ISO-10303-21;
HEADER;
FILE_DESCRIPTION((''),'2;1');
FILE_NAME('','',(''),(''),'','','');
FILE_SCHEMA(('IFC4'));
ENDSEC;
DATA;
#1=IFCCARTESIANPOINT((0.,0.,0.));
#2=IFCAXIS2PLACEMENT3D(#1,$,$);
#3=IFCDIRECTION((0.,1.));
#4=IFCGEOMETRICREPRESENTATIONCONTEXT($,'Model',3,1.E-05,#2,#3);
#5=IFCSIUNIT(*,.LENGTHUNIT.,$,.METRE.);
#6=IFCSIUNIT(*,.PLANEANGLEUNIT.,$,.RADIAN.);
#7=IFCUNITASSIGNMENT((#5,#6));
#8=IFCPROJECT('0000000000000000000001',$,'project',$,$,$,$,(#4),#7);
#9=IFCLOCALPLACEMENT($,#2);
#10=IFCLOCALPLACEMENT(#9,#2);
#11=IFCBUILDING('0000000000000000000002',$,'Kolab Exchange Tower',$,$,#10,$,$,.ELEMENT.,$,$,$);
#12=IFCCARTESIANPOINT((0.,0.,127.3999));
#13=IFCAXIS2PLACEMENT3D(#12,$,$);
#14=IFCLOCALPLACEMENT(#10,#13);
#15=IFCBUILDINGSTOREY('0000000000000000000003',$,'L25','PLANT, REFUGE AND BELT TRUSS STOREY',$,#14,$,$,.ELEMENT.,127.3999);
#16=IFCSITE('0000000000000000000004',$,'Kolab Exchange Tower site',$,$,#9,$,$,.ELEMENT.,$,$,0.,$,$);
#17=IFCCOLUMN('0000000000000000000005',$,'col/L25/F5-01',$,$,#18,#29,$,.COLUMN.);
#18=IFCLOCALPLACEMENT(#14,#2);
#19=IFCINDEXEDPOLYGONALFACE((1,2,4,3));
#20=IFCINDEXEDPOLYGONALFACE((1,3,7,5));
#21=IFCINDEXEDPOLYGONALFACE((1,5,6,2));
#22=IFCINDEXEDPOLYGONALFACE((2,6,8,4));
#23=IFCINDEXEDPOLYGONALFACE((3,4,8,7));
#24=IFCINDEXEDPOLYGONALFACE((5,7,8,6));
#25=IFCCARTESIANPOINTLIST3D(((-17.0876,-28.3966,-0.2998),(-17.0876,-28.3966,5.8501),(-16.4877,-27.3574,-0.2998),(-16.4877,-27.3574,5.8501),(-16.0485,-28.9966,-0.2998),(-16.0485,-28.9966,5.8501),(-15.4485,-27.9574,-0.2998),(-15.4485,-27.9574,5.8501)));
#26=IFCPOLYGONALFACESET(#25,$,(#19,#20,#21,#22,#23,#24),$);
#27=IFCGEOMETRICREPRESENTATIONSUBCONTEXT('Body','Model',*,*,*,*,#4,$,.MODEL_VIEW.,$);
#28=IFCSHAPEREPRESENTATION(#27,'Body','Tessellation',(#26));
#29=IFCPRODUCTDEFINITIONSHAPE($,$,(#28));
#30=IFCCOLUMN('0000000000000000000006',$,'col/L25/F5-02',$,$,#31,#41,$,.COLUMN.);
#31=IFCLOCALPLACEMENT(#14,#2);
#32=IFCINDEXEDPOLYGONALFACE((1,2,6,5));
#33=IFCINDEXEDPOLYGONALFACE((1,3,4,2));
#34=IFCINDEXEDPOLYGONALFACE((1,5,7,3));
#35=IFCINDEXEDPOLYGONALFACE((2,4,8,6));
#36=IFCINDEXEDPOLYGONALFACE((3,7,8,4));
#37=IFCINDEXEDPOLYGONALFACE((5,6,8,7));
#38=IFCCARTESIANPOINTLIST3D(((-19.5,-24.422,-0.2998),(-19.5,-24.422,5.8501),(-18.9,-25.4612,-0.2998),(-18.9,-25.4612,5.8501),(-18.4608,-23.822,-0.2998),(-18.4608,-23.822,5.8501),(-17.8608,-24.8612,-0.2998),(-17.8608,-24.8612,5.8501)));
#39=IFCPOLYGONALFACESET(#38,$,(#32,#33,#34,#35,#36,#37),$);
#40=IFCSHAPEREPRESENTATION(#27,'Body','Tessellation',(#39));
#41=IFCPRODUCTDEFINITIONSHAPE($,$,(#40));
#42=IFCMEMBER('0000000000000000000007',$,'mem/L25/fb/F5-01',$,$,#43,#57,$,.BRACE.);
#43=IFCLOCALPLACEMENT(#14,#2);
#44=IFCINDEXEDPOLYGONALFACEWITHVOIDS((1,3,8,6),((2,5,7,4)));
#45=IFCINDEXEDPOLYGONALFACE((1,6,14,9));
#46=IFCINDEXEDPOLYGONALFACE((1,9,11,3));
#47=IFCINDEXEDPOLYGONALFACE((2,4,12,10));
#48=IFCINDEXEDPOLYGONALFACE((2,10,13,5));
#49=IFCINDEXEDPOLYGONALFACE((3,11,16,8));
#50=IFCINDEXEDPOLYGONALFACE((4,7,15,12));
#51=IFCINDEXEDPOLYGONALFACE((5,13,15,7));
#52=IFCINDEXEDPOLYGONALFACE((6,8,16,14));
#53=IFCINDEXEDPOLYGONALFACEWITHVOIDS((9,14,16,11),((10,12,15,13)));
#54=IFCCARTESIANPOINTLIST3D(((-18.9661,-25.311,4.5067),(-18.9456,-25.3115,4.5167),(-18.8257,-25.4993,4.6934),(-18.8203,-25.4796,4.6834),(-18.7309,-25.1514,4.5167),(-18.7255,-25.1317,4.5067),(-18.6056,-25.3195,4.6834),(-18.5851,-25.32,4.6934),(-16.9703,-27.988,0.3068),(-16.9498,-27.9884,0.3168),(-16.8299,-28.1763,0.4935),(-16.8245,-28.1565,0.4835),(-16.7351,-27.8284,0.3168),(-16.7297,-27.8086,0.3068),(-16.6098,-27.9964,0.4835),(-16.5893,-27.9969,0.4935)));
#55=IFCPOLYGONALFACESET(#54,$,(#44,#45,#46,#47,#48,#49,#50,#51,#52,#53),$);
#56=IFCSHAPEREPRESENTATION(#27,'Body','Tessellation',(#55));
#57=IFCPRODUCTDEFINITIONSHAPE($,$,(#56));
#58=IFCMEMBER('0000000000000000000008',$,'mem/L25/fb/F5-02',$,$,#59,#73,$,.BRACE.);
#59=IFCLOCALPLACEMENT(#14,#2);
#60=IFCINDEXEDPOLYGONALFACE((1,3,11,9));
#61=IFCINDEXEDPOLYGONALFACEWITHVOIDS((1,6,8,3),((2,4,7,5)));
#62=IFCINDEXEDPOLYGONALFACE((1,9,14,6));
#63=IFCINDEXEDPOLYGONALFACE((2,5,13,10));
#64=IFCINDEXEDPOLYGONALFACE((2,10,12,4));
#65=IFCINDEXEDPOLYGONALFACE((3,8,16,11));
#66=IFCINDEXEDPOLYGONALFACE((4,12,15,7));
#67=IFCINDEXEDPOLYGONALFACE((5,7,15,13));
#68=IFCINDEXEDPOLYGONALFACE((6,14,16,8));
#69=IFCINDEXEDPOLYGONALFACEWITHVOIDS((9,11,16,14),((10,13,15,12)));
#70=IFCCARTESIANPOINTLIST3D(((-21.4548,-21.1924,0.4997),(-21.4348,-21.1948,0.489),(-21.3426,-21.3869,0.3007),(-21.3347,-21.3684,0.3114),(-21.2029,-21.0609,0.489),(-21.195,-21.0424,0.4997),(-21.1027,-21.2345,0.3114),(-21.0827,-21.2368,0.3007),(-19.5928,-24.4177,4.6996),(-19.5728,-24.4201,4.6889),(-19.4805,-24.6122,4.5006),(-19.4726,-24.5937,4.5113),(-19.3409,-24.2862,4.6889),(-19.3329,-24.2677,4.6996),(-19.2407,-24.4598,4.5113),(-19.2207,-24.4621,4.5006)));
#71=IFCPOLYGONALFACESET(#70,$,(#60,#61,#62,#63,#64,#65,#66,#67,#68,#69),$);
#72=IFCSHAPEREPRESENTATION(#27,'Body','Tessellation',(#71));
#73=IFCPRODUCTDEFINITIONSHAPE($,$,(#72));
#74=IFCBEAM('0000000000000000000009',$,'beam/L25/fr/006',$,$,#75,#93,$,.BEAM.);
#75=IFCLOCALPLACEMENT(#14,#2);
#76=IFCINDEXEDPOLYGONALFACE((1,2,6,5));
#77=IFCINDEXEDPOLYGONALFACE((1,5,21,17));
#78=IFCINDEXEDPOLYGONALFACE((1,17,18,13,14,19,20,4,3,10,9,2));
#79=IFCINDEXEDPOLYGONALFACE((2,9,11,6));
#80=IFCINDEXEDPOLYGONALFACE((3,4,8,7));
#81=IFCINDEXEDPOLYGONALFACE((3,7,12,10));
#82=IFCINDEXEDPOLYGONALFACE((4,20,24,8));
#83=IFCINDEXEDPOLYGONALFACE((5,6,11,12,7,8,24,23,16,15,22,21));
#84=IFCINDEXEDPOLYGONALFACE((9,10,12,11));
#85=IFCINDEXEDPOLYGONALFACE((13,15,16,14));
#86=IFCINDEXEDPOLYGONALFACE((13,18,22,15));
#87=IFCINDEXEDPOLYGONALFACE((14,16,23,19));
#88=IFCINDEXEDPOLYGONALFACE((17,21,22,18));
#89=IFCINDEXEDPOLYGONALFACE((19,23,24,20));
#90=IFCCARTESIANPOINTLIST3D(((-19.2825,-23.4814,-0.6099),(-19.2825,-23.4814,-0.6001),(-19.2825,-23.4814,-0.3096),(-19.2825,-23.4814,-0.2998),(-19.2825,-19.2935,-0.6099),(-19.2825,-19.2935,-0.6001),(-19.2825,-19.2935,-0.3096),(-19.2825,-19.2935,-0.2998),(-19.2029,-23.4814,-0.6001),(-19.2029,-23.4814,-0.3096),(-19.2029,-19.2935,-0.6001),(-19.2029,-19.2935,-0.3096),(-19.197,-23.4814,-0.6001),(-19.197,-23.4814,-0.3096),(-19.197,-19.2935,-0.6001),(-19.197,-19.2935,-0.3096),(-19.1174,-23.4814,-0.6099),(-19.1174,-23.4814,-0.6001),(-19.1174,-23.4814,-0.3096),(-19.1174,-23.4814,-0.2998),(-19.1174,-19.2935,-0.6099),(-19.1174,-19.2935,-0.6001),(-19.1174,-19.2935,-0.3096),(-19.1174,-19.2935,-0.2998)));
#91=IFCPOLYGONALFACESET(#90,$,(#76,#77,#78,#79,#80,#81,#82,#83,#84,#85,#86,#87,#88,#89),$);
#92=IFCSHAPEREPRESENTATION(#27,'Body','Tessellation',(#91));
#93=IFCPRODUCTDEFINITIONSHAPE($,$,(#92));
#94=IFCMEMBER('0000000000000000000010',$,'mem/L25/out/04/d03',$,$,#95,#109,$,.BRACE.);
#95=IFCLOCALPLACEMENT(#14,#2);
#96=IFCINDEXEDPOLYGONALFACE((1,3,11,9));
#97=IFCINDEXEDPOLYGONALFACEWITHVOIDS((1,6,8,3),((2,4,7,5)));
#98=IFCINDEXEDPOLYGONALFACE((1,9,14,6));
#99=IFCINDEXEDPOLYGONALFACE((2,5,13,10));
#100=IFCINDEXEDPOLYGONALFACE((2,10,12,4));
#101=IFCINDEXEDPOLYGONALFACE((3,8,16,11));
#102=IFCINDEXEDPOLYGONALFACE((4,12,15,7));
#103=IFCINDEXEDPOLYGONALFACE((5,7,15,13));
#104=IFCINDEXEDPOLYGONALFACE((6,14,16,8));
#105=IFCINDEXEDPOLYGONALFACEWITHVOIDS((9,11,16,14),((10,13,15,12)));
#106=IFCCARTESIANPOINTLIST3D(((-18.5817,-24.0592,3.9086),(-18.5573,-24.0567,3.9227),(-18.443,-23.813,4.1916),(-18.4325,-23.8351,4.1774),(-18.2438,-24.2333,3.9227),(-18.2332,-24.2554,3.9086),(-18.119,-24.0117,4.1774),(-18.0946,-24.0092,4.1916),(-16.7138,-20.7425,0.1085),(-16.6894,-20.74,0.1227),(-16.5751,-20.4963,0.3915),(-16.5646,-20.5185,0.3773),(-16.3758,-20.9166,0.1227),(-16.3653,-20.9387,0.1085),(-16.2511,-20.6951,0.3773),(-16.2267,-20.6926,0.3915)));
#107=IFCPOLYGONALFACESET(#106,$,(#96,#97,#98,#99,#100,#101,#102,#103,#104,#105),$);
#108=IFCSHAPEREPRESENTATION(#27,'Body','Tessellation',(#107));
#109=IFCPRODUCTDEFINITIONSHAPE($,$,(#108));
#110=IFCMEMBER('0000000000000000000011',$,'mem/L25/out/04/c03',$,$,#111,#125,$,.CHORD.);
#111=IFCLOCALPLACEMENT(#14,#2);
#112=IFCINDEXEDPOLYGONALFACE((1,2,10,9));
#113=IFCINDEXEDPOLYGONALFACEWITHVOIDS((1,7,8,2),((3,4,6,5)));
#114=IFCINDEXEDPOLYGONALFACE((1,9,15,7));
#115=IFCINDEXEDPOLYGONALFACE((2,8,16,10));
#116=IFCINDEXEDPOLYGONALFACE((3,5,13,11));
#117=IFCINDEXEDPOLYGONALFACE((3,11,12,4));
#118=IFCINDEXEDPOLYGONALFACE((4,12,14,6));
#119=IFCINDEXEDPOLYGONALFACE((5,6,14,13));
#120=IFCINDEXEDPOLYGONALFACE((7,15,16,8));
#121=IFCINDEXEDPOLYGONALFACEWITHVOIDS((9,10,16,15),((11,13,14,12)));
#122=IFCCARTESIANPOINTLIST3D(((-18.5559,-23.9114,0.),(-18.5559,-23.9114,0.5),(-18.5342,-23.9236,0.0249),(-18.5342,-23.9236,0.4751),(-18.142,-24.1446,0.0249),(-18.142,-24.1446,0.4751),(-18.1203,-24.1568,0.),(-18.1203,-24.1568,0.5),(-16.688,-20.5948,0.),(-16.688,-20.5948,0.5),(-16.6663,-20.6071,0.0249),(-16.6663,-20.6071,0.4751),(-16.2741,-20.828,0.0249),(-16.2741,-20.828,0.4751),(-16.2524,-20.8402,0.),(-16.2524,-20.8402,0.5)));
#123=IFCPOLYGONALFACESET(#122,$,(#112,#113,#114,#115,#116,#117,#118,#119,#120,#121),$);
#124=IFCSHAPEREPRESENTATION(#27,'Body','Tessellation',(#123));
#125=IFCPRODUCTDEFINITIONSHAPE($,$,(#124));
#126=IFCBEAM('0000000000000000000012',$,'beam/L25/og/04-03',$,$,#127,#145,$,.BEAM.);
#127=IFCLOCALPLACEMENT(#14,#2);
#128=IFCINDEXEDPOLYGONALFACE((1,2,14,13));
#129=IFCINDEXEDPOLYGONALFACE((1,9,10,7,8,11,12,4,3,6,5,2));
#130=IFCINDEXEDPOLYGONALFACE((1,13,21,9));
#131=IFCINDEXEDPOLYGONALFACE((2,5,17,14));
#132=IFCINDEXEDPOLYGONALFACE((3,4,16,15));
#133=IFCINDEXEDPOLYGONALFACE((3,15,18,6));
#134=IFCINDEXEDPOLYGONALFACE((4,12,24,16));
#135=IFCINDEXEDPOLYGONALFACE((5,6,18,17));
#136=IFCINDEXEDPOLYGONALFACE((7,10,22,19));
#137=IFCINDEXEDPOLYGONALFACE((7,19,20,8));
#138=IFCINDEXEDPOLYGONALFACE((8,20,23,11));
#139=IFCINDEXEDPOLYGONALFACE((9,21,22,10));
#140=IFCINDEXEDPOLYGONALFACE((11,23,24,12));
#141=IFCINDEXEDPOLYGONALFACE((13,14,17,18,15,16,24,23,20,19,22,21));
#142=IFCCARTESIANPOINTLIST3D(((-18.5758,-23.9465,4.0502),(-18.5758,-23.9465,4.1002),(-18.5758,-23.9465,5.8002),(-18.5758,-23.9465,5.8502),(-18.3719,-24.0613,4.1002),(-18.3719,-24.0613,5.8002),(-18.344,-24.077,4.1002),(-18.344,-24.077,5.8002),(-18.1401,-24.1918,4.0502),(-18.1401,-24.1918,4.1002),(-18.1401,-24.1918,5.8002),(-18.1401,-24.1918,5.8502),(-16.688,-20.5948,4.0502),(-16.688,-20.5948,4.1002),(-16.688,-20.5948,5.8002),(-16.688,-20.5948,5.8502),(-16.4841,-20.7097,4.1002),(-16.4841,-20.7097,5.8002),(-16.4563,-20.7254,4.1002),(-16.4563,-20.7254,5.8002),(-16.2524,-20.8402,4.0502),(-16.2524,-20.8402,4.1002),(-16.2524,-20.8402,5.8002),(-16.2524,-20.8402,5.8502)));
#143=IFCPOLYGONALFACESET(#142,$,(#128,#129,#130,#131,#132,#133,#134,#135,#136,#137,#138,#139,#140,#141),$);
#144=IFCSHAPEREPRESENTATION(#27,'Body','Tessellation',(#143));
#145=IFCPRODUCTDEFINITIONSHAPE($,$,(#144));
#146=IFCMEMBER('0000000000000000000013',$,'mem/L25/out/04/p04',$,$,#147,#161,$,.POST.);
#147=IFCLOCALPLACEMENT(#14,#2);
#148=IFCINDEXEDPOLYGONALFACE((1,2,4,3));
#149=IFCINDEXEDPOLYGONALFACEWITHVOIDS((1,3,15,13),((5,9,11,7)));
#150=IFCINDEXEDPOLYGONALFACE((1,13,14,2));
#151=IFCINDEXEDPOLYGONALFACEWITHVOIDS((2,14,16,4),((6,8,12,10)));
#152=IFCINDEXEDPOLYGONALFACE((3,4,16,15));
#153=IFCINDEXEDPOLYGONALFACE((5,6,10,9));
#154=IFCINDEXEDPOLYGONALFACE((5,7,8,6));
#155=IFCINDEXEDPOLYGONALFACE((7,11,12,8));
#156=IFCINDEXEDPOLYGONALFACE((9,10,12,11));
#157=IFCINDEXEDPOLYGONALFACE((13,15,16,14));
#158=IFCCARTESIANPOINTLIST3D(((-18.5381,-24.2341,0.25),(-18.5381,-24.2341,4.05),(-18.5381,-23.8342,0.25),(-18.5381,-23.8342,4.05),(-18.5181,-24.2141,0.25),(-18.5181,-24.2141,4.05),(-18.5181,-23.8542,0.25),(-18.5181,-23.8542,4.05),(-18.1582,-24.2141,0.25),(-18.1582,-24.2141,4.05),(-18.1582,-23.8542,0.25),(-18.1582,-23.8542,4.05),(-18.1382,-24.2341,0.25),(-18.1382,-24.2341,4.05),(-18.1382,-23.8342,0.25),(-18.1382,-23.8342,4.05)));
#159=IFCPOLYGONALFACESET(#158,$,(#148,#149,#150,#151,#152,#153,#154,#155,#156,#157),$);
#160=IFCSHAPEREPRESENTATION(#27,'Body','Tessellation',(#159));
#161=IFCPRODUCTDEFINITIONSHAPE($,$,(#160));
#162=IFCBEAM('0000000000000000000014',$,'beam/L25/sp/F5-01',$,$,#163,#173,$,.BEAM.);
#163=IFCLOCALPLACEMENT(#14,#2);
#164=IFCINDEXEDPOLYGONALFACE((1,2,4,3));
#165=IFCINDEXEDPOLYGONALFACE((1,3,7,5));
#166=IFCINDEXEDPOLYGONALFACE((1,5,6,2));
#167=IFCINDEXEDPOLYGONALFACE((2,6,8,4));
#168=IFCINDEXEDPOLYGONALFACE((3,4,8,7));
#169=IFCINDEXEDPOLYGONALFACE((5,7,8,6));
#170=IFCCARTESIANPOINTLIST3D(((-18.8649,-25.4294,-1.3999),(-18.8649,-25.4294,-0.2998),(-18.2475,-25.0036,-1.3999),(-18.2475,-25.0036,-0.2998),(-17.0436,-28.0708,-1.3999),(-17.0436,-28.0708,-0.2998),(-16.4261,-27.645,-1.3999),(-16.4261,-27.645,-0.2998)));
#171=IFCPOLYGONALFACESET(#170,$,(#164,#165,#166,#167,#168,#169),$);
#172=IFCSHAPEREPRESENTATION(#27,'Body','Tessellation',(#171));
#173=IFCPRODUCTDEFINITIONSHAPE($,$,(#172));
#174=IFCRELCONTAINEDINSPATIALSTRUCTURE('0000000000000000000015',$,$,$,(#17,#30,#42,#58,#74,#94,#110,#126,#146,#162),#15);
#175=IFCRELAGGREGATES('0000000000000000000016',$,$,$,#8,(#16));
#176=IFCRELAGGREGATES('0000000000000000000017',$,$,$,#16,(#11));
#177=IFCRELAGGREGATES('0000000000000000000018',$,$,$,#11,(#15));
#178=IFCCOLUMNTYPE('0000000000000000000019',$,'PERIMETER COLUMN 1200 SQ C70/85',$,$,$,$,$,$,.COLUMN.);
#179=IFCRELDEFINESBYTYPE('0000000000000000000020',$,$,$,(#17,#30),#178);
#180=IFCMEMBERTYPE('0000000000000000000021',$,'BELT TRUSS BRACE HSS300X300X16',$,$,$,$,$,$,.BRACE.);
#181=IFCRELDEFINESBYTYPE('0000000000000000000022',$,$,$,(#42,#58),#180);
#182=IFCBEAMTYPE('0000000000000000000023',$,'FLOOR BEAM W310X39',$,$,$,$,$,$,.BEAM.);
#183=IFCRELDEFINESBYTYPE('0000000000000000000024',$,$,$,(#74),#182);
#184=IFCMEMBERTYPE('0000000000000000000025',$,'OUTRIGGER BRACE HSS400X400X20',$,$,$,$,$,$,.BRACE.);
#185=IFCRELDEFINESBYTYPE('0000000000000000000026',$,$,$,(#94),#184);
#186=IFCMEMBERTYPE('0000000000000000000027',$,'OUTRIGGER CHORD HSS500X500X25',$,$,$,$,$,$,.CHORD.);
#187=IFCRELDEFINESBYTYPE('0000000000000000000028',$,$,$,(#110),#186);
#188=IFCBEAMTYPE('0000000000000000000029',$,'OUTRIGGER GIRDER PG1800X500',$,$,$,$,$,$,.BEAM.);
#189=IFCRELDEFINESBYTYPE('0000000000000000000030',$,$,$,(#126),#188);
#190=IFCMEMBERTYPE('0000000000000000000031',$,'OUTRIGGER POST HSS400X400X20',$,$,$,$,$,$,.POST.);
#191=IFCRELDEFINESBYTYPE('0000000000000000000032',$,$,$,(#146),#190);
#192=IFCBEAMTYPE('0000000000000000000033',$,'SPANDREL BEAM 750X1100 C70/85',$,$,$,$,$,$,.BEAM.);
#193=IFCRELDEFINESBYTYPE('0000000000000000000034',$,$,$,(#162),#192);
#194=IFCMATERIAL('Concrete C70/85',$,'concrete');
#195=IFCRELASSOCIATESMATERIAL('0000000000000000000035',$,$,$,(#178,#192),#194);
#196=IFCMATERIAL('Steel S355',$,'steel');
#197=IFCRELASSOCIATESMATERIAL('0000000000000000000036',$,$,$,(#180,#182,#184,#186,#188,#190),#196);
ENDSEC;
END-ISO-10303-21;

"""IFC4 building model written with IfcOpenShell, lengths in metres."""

from ifc_helpers import new_model, si_unit, direction, frame, origin, origin_2d, place, context, subcontext, project, spatial, rectangle, hollow_rectangle, i_section, extrude, material, material_profile, profile_set, type_object, element, save


model = new_model("IFC4")

# Units and contexts
model_context = context("Model", 3, precision=1e-05, world=origin(), true_north=direction((0.0, 1.0)))
body_context = subcontext(model_context, "Body", "Model", "MODEL_VIEW")
ifc_project = project(units=[si_unit("LENGTHUNIT", "METRE"), si_unit("PLANEANGLEUNIT", "RADIAN")], contexts=[model_context])

# Site, building, storey
site_placement = place(None, origin())
site = spatial("IfcSite", under=ifc_project, at=site_placement, Name="Kolab Exchange Tower site", CompositionType="ELEMENT", RefElevation=0.0)
building_placement = place(site_placement, origin())
building = spatial("IfcBuilding", under=site, at=building_placement, Name="Kolab Exchange Tower", CompositionType="ELEMENT")
storey_placement = place(building_placement, frame((0.0, 0.0, 127.3999)))
storey = spatial("IfcBuildingStorey", under=building, at=storey_placement, Name="L25", Description="PLANT, REFUGE AND BELT TRUSS STOREY", CompositionType="ELEMENT", Elevation=127.3999)

# Columns
ifc_material_1 = material(Name="Concrete C70/85", Category="concrete")
ifc_material_profile_1 = material_profile(ifc_material_1, rectangle(XDim=1.2, YDim=1.2, at=origin_2d()), Name="RC1200")
ifc_profile_set_1 = profile_set([ifc_material_profile_1], Name="Concrete C70/85")
column_type = type_object("IfcColumnType", Name="PERIMETER COLUMN 1200 SQ C70/85", PredefinedType="COLUMN", material=ifc_profile_set_1)
for number, where, z_axis, x_axis, name in (
    (1, (-16.2681, -28.177, -0.2998), (0.0, 0.0, 1.0), (0.5, 0.866025, 0.0), "col/L25/F5-01"),
    (2, (-18.6804, -24.6416, -0.2998), (0.0, 0.0, 1.0), (0.866025, 0.5, 0.0), "col/L25/F5-02"),
):
    element("IfcColumn", number, at=place(storey_placement, frame(where, z_axis=z_axis, x_axis=x_axis)), inside=storey, type_object=column_type, Name=name, PredefinedType="COLUMN", context=body_context, shape_type="SweptSolid", body=[
        extrude(rectangle(XDim=1.2, YDim=1.2, at=origin_2d()), origin(), (0.0, 0.0, 1.0), 6.1499),
    ])

# Members
ifc_material_2 = material(Name="Steel S355", Category="steel")
ifc_material_profile_2 = material_profile(ifc_material_2, hollow_rectangle(XDim=0.3, YDim=0.3, WallThickness=0.0161, at=origin_2d()), Name="HSS300X300X16")
ifc_profile_set_2 = profile_set([ifc_material_profile_2], Name="Steel S355")
member_type_1 = type_object("IfcMemberType", Name="BELT TRUSS BRACE HSS300X300X16", PredefinedType="BRACE", material=ifc_profile_set_2)
member_1_placement = place(storey_placement, frame((-16.7798, -27.9924, 0.4001), z_axis=(-0.371973, 0.498922, 0.78276), x_axis=(-0.801708, -0.597716, 0.0)))
element("IfcMember", 3, at=member_1_placement, inside=storey, type_object=member_type_1, Name="mem/L25/fb/F5-01", PredefinedType="BRACE", context=body_context, shape_type="SweptSolid", body=[
    extrude(hollow_rectangle(XDim=0.3, YDim=0.3, WallThickness=0.0161, at=origin_2d()), origin(), (0.0, 0.0, 1.0), 5.3655),
])
member_2_placement = place(storey_placement, frame((-19.4067, -24.4399, 4.6001), z_axis=(-0.33172, 0.574584, -0.748208), x_axis=(-0.866036, -0.499982, 0.0)))
element("IfcMember", 4, at=member_2_placement, inside=storey, type_object=member_type_1, Name="mem/L25/fb/F5-02", PredefinedType="BRACE", context=body_context, shape_type="SweptSolid", body=[
    extrude(hollow_rectangle(XDim=0.3, YDim=0.3, WallThickness=0.0161, at=origin_2d()), origin(), (0.0, 0.0, 1.0), 5.6133),
])

# Beam
ifc_material_profile_3 = material_profile(ifc_material_2, i_section(OverallWidth=0.165, OverallDepth=0.3101, WebThickness=0.0059, FlangeThickness=0.0098, at=origin_2d()), Name="W310X39")
ifc_profile_set_3 = profile_set([ifc_material_profile_3], Name="Steel S355")
beam_type_1 = type_object("IfcBeamType", Name="FLOOR BEAM W310X39", PredefinedType="BEAM", material=ifc_profile_set_3)
beam_1_placement = place(storey_placement, frame((-19.2, -23.4814, -0.4548), z_axis=(0.0, 1.0, 0.0), x_axis=(-1.0, 0.0, 0.0)))
element("IfcBeam", 5, at=beam_1_placement, inside=storey, type_object=beam_type_1, Name="beam/L25/fr/006", PredefinedType="BEAM", context=body_context, shape_type="SweptSolid", body=[
    extrude(i_section(OverallWidth=0.165, OverallDepth=0.3101, WebThickness=0.0059, FlangeThickness=0.0098, at=origin_2d()), origin(), (0.0, 0.0, 1.0), 4.188),
])

# Members
ifc_material_profile_4 = material_profile(ifc_material_2, hollow_rectangle(XDim=0.3999, YDim=0.3999, WallThickness=0.02, at=origin_2d()), Name="HSS400X400X20")
ifc_profile_set_4 = profile_set([ifc_material_profile_4], Name="Steel S355")
member_type_2 = type_object("IfcMemberType", Name="OUTRIGGER BRACE HSS400X400X20", PredefinedType="BRACE", material=ifc_profile_set_4)
member_3_placement = place(storey_placement, frame((-16.4702, -20.7175, 0.25), z_axis=(-0.347285, -0.616635, 0.706509), x_axis=(0.871317, -0.490721, 0.0)))
element("IfcMember", 6, at=member_3_placement, inside=storey, type_object=member_type_2, Name="mem/L25/out/04/d03", PredefinedType="BRACE", context=body_context, shape_type="SweptSolid", body=[
    extrude(hollow_rectangle(XDim=0.3999, YDim=0.3999, WallThickness=0.02, at=origin_2d()), origin(), (0.0, 0.0, 1.0), 5.3787),
])
ifc_material_profile_5 = material_profile(ifc_material_2, hollow_rectangle(XDim=0.5, YDim=0.5, WallThickness=0.0249, at=origin_2d()), Name="HSS500X500X25")
ifc_profile_set_5 = profile_set([ifc_material_profile_5], Name="Steel S355")
member_type_3 = type_object("IfcMemberType", Name="OUTRIGGER CHORD HSS500X500X25", PredefinedType="CHORD", material=ifc_profile_set_5)
member_4_placement = place(storey_placement, frame((-16.4702, -20.7175, 0.25), z_axis=(-0.490721, -0.871317, 0.0), x_axis=(0.871317, -0.490721, 0.0)))
element("IfcMember", 7, at=member_4_placement, inside=storey, type_object=member_type_3, Name="mem/L25/out/04/c03", PredefinedType="CHORD", context=body_context, shape_type="SweptSolid", body=[
    extrude(hollow_rectangle(XDim=0.5, YDim=0.5, WallThickness=0.0249, at=origin_2d()), origin(), (0.0, 0.0, 1.0), 3.8064),
])

# Beam
ifc_material_profile_6 = material_profile(ifc_material_2, i_section(OverallWidth=0.5, OverallDepth=1.8, WebThickness=0.032, FlangeThickness=0.05, at=origin_2d()), Name="PG1800X500")
ifc_profile_set_6 = profile_set([ifc_material_profile_6], Name="Steel S355")
beam_type_2 = type_object("IfcBeamType", Name="OUTRIGGER GIRDER PG1800X500", PredefinedType="BEAM", material=ifc_profile_set_6)
beam_2_placement = place(storey_placement, frame((-16.4702, -20.7175, 4.9502), z_axis=(-0.490743, -0.871304, 0.0), x_axis=(0.871304, -0.490743, 0.0)))
element("IfcBeam", 8, at=beam_2_placement, inside=storey, type_object=beam_type_2, Name="beam/L25/og/04-03", PredefinedType="BEAM", context=body_context, shape_type="SweptSolid", body=[
    extrude(i_section(OverallWidth=0.5, OverallDepth=1.8, WebThickness=0.032, FlangeThickness=0.05, at=origin_2d()), origin(), (0.0, 0.0, 1.0), 3.8467),
])

# Member
ifc_material_profile_7 = material_profile(ifc_material_2, hollow_rectangle(XDim=0.3999, YDim=0.3999, WallThickness=0.02, at=origin_2d()), Name="HSS400X400X20")
ifc_profile_set_7 = profile_set([ifc_material_profile_7], Name="Steel S355")
member_type_4 = type_object("IfcMemberType", Name="OUTRIGGER POST HSS400X400X20", PredefinedType="POST", material=ifc_profile_set_7)
member_5_placement = place(storey_placement, frame((-18.3381, -24.0342, 0.25), z_axis=(0.0, 0.0, 1.0), x_axis=(1.0, 0.0, 0.0)))
element("IfcMember", 9, at=member_5_placement, inside=storey, type_object=member_type_4, Name="mem/L25/out/04/p04", PredefinedType="POST", context=body_context, shape_type="SweptSolid", body=[
    extrude(hollow_rectangle(XDim=0.3999, YDim=0.3999, WallThickness=0.02, at=origin_2d()), origin(), (0.0, 0.0, 1.0), 3.8),
])

# Beam
ifc_material_profile_8 = material_profile(ifc_material_1, rectangle(XDim=0.75, YDim=1.1001, at=origin_2d()), Name="RC750X1100")
ifc_profile_set_8 = profile_set([ifc_material_profile_8], Name="Concrete C70/85")
beam_type_3 = type_object("IfcBeamType", Name="SPANDREL BEAM 750X1100 C70/85", PredefinedType="BEAM", material=ifc_profile_set_8)
beam_3_placement = place(storey_placement, frame((-16.7349, -27.8579, -0.8499), z_axis=(-0.567662, 0.823262, 0.0), x_axis=(-0.823262, -0.567662, 0.0)))
element("IfcBeam", 10, at=beam_3_placement, inside=storey, type_object=beam_type_3, Name="beam/L25/sp/F5-01", PredefinedType="BEAM", context=body_context, shape_type="SweptSolid", body=[
    extrude(rectangle(XDim=0.75, YDim=1.1001, at=origin_2d()), origin(), (0.0, 0.0, 1.0), 3.2085),
])

save(model, "model.ifc")
